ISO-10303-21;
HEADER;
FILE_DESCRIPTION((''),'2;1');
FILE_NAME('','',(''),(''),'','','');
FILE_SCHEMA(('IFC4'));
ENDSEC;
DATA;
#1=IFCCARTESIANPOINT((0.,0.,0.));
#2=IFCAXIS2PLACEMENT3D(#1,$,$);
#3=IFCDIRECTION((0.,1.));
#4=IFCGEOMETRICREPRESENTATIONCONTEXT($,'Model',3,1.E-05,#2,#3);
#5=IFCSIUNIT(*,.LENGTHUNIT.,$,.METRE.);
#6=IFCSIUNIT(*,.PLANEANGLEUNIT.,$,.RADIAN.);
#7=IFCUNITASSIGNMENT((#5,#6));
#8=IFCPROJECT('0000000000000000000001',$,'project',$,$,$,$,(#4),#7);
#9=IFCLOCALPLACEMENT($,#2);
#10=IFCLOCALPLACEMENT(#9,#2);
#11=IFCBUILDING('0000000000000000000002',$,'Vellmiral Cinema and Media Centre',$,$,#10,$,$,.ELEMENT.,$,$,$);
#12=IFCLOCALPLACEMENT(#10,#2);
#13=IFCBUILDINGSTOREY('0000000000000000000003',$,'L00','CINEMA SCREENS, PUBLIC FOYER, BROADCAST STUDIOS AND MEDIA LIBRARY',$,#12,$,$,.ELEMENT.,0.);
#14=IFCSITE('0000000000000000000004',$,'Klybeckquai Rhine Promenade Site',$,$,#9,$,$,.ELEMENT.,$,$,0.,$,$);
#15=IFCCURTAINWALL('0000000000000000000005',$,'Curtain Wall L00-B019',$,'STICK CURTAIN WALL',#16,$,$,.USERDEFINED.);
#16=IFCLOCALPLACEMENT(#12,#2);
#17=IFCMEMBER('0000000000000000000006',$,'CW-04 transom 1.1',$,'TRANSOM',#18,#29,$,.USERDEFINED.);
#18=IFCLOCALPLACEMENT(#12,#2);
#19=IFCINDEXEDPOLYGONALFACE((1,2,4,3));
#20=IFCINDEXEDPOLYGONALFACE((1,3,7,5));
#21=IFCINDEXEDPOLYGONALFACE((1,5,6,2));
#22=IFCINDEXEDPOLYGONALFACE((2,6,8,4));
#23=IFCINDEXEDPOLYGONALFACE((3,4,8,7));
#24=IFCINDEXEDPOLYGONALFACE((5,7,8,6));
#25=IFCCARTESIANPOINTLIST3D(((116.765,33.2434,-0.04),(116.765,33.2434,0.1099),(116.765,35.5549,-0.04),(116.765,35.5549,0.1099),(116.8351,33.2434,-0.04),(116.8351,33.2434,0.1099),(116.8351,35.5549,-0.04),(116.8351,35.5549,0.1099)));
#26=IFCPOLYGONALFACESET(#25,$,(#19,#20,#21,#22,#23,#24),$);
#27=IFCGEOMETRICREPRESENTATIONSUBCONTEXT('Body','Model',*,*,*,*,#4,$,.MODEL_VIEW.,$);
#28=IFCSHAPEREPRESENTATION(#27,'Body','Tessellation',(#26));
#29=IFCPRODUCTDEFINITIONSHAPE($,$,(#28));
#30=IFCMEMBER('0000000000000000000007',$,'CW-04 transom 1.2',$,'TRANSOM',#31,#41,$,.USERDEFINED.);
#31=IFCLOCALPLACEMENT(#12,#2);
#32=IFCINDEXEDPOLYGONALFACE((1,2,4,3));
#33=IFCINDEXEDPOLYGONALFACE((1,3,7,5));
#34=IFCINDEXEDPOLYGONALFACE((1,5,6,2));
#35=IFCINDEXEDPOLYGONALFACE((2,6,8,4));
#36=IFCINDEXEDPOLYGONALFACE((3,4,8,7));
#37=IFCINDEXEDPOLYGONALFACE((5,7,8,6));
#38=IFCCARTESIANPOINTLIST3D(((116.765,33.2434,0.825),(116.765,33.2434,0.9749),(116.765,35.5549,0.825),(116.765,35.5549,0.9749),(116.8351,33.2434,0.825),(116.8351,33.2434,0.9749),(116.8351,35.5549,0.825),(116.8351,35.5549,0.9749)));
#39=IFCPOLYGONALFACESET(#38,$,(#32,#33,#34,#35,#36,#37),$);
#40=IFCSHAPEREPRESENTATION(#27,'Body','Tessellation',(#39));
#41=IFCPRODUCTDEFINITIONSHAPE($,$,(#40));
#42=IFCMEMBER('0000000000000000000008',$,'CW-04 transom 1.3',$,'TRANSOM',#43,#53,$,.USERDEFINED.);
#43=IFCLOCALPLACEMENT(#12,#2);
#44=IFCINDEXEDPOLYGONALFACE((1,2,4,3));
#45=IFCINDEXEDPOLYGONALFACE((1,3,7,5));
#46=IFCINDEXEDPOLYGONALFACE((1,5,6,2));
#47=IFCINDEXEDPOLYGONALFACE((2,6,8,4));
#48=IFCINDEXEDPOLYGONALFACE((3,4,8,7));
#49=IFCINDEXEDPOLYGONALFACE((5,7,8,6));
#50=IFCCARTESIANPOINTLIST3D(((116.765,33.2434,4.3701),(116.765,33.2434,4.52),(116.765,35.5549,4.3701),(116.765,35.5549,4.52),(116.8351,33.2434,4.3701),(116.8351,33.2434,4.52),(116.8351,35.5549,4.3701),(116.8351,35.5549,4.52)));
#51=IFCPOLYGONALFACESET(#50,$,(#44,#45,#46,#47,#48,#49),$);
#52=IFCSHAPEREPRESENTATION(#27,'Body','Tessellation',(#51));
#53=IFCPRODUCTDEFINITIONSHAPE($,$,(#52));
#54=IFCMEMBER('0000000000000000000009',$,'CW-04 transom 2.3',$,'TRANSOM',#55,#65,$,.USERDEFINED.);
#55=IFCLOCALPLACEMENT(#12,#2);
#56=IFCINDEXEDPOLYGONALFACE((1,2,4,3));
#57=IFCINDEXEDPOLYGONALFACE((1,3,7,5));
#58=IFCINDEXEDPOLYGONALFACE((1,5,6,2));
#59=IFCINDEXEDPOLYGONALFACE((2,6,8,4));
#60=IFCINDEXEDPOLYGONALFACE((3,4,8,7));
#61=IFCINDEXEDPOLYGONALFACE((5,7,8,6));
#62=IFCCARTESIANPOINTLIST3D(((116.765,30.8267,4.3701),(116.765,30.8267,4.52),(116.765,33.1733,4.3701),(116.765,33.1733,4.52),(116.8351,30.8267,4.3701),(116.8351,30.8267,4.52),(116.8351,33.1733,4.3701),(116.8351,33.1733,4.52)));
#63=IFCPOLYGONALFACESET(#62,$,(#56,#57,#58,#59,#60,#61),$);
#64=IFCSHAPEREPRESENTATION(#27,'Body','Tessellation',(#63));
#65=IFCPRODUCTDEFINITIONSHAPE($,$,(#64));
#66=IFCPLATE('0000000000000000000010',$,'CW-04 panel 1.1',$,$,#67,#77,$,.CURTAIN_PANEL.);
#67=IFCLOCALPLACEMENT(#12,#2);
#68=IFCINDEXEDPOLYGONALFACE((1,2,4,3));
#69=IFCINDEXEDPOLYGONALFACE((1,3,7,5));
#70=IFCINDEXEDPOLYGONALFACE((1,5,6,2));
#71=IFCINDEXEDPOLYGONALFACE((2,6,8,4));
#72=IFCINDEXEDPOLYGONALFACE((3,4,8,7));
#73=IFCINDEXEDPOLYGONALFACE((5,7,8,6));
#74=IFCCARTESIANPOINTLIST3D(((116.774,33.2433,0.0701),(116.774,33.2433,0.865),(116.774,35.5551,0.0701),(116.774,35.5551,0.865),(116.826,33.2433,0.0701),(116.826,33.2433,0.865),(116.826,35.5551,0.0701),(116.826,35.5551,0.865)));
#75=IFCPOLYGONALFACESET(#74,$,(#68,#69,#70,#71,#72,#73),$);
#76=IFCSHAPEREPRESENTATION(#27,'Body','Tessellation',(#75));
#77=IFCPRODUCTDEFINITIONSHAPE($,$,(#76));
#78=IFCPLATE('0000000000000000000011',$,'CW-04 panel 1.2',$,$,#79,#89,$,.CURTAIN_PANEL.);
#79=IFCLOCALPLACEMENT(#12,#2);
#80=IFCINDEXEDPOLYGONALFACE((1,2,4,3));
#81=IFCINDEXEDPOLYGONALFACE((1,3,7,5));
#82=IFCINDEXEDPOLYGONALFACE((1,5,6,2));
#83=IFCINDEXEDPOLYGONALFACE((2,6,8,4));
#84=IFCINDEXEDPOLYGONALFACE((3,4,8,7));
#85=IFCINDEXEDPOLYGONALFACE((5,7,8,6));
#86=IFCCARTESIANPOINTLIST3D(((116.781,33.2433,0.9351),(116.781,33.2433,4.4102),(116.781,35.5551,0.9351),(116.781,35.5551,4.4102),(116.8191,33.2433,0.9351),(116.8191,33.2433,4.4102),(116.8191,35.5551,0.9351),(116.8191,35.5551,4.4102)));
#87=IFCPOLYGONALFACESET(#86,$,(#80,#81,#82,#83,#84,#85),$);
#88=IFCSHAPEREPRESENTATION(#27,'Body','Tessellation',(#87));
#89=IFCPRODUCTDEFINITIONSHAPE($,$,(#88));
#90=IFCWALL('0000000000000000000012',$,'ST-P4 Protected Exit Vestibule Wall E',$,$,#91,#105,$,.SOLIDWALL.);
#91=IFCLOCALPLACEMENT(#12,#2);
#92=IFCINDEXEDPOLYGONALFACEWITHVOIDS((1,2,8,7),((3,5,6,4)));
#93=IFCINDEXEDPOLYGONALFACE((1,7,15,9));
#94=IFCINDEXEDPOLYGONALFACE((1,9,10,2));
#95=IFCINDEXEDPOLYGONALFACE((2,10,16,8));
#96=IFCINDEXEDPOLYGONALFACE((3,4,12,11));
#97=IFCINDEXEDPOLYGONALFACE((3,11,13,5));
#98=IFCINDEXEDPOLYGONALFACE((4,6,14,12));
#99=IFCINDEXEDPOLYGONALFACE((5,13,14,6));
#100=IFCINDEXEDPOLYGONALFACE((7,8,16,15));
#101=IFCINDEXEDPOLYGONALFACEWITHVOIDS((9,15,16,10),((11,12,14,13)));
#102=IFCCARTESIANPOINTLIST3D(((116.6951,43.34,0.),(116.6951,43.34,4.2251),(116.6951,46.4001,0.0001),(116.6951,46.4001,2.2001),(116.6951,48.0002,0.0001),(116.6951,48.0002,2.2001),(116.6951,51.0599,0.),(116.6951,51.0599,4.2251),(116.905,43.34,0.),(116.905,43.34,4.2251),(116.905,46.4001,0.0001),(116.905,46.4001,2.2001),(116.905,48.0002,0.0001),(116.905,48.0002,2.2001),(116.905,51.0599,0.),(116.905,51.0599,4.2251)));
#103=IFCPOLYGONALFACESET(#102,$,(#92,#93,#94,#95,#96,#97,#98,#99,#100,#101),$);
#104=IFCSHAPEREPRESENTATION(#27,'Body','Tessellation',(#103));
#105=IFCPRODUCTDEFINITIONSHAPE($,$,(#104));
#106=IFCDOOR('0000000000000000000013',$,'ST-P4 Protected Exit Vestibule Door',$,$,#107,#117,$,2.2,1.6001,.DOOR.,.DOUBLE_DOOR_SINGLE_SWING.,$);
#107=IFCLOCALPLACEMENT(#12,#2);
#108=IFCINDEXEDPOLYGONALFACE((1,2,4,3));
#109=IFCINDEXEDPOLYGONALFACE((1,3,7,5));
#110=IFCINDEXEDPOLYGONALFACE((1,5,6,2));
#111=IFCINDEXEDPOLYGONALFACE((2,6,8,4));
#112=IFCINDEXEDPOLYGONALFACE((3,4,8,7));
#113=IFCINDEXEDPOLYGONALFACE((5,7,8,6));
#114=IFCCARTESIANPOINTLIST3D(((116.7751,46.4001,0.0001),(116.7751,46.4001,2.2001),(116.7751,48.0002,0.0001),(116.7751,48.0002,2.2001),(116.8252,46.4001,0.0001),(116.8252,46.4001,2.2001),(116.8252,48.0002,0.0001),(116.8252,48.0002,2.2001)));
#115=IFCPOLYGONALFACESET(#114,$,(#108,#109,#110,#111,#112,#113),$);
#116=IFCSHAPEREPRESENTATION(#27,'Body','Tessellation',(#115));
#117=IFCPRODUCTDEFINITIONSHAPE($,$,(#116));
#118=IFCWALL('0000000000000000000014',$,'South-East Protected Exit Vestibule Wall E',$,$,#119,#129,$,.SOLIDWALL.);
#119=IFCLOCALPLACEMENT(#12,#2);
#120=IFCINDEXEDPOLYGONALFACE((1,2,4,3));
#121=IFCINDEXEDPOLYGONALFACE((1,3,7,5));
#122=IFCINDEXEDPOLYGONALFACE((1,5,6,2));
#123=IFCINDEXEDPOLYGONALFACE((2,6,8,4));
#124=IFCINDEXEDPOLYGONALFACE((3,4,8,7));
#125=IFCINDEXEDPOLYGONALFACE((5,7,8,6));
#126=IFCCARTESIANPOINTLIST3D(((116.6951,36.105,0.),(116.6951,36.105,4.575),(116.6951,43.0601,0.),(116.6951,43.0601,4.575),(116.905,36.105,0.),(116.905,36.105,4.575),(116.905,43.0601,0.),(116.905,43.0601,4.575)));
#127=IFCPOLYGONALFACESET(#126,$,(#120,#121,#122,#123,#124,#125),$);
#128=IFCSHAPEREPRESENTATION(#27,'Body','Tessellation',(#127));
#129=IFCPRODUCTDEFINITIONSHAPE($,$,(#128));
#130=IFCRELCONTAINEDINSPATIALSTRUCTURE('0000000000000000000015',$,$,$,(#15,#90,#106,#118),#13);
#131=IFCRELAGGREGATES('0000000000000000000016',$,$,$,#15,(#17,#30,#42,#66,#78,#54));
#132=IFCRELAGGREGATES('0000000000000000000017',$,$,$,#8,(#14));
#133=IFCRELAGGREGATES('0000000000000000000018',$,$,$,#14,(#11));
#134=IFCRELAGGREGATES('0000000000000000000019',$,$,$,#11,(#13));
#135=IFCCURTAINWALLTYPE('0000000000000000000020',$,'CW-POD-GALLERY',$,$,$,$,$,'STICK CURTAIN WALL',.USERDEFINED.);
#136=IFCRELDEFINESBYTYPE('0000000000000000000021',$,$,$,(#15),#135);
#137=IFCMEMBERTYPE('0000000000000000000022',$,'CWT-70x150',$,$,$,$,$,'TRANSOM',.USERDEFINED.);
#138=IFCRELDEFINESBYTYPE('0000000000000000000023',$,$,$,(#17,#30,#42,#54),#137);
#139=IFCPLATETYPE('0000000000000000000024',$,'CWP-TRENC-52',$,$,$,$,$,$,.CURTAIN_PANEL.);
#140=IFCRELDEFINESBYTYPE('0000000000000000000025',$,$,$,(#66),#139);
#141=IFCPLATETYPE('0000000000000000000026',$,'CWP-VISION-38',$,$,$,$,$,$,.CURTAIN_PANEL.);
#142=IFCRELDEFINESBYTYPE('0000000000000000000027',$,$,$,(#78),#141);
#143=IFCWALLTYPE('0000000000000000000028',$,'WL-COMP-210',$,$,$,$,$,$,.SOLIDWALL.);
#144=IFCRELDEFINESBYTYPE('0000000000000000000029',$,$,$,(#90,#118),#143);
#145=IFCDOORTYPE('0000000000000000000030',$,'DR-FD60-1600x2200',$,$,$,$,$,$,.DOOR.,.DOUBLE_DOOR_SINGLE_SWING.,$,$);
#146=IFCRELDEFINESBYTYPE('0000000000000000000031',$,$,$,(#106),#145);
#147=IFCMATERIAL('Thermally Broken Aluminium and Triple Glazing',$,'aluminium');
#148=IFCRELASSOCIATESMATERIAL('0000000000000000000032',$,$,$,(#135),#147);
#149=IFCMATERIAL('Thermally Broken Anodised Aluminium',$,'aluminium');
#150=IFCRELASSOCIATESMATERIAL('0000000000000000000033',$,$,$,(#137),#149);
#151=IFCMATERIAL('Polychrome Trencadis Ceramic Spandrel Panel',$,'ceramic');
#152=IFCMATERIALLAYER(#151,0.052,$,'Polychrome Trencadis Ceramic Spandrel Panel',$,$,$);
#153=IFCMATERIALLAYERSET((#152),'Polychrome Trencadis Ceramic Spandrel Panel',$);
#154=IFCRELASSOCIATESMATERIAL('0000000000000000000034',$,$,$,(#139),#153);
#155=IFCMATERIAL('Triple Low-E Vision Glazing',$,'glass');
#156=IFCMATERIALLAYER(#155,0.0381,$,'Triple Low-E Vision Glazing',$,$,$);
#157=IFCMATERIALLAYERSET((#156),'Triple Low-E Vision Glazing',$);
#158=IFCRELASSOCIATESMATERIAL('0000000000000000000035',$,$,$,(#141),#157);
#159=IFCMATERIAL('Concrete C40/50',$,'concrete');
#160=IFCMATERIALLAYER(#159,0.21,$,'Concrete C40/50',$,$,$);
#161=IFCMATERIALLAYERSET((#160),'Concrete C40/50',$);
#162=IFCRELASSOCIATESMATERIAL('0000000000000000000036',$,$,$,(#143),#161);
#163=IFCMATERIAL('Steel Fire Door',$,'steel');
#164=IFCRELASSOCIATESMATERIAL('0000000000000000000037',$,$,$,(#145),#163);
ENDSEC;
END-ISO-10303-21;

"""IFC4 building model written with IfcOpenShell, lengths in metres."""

from ifc_helpers import new_model, si_unit, direction, frame, frame_2d, origin, origin_2d, place, context, subcontext, project, spatial, rectangle, extrude, material, layer, layer_set, material_profile, profile_set, type_object, element, fill, aggregate, save


model = new_model("IFC4")

# Units and contexts
model_context = context("Model", 3, precision=1e-05, world=origin(), true_north=direction((0.0, 1.0)))
body_context = subcontext(model_context, "Body", "Model", "MODEL_VIEW")
ifc_project = project(units=[si_unit("LENGTHUNIT", "METRE"), si_unit("PLANEANGLEUNIT", "RADIAN")], contexts=[model_context])

# Site, building, storey
site_placement = place(None, origin())
site = spatial("IfcSite", under=ifc_project, at=site_placement, Name="Klybeckquai Rhine Promenade Site", CompositionType="ELEMENT", RefElevation=0.0)
building_placement = place(site_placement, origin())
building = spatial("IfcBuilding", under=site, at=building_placement, Name="Vellmiral Cinema and Media Centre", CompositionType="ELEMENT")
storey_placement = place(building_placement, origin())
storey = spatial("IfcBuildingStorey", under=building, at=storey_placement, Name="L00", Description="CINEMA SCREENS, PUBLIC FOYER, BROADCAST STUDIOS AND MEDIA LIBRARY", CompositionType="ELEMENT", Elevation=0.0)

# Curtain wall, members, plates
ifc_material_1 = material(Name="Thermally Broken Aluminium and Triple Glazing", Category="aluminium")
curtain_wall_type = type_object("IfcCurtainWallType", Name="CW-POD-GALLERY", ElementType="STICK CURTAIN WALL", PredefinedType="USERDEFINED", material=ifc_material_1)
curtain_wall_placement = place(storey_placement, origin())
curtain_wall = element("IfcCurtainWall", 1, at=curtain_wall_placement, inside=storey, type_object=curtain_wall_type, Name="Curtain Wall L00-B019", ObjectType="STICK CURTAIN WALL", PredefinedType="USERDEFINED")
ifc_material_2 = material(Name="Thermally Broken Anodised Aluminium", Category="aluminium")
ifc_material_profile_1 = material_profile(ifc_material_2, rectangle(XDim=0.0701, YDim=0.1499, at=origin_2d()), Name="MULL 70x150")
ifc_profile_set_1 = profile_set([ifc_material_profile_1], Name="Thermally Broken Anodised Aluminium")
member_type_1 = type_object("IfcMemberType", Name="CWT-70x150", ElementType="TRANSOM", PredefinedType="USERDEFINED", material=ifc_profile_set_1)
member_1_placement = place(storey_placement, frame((116.8, 35.5549, 0.0349), z_axis=(0.0, -1.0, 0.0), x_axis=(1.0, 0.0, 0.0)))
member_1 = element("IfcMember", 2, at=member_1_placement, type_object=member_type_1, Name="CW-04 transom 1.1", ObjectType="TRANSOM", PredefinedType="USERDEFINED", context=body_context, shape_type="SweptSolid", body=[
    extrude(rectangle(XDim=0.0701, YDim=0.1499, at=origin_2d()), origin(), (0.0, 0.0, 1.0), 2.3115),
])
member_2_placement = place(storey_placement, frame((116.8, 35.5549, 0.8999), z_axis=(0.0, -1.0, 0.0), x_axis=(1.0, 0.0, 0.0)))
member_2 = element("IfcMember", 3, at=member_2_placement, type_object=member_type_1, Name="CW-04 transom 1.2", ObjectType="TRANSOM", PredefinedType="USERDEFINED", context=body_context, shape_type="SweptSolid", body=[
    extrude(rectangle(XDim=0.0701, YDim=0.1499, at=origin_2d()), origin(), (0.0, 0.0, 1.0), 2.3115),
])
member_3_placement = place(storey_placement, frame((116.8, 35.5549, 4.4451), z_axis=(0.0, -1.0, 0.0), x_axis=(1.0, 0.0, 0.0)))
member_3 = element("IfcMember", 4, at=member_3_placement, type_object=member_type_1, Name="CW-04 transom 1.3", ObjectType="TRANSOM", PredefinedType="USERDEFINED", context=body_context, shape_type="SweptSolid", body=[
    extrude(rectangle(XDim=0.0701, YDim=0.1499, at=origin_2d()), origin(), (0.0, 0.0, 1.0), 2.3115),
])
member_4_placement = place(storey_placement, frame((116.8, 33.1733, 4.4451), z_axis=(0.0, -1.0, 0.0), x_axis=(1.0, 0.0, 0.0)))
member_4 = element("IfcMember", 5, at=member_4_placement, type_object=member_type_1, Name="CW-04 transom 2.3", ObjectType="TRANSOM", PredefinedType="USERDEFINED", context=body_context, shape_type="SweptSolid", body=[
    extrude(rectangle(XDim=0.0701, YDim=0.1499, at=origin_2d()), origin(), (0.0, 0.0, 1.0), 2.3467),
])
ifc_material_3 = material(Name="Polychrome Trencadis Ceramic Spandrel Panel", Category="ceramic")
ifc_layer_1 = layer(ifc_material_3, 0.052, Name="Polychrome Trencadis Ceramic Spandrel Panel")
ifc_layer_set_1 = layer_set([ifc_layer_1], Name="Polychrome Trencadis Ceramic Spandrel Panel")
plate_type_1 = type_object("IfcPlateType", Name="CWP-TRENC-52", PredefinedType="CURTAIN_PANEL", material=ifc_layer_set_1)
plate_1_placement = place(storey_placement, frame((116.8, 34.3992, 0.0701), z_axis=(0.0, 0.0, 1.0), x_axis=(0.0, -1.0, 0.0)))
plate_1 = element("IfcPlate", 6, at=plate_1_placement, type_object=plate_type_1, Name="CW-04 panel 1.1", PredefinedType="CURTAIN_PANEL", context=body_context, shape_type="SweptSolid", body=[
    extrude(rectangle(XDim=2.3118, YDim=0.052, at=origin_2d()), origin(), (0.0, 0.0, 1.0), 0.7949),
])
ifc_material_4 = material(Name="Triple Low-E Vision Glazing", Category="glass")
ifc_layer_2 = layer(ifc_material_4, 0.0381, Name="Triple Low-E Vision Glazing")
ifc_layer_set_2 = layer_set([ifc_layer_2], Name="Triple Low-E Vision Glazing")
plate_type_2 = type_object("IfcPlateType", Name="CWP-VISION-38", PredefinedType="CURTAIN_PANEL", material=ifc_layer_set_2)
plate_2_placement = place(storey_placement, frame((116.8, 34.3992, 0.9351), z_axis=(0.0, 0.0, 1.0), x_axis=(0.0, -1.0, 0.0)))
plate_2 = element("IfcPlate", 7, at=plate_2_placement, type_object=plate_type_2, Name="CW-04 panel 1.2", PredefinedType="CURTAIN_PANEL", context=body_context, shape_type="SweptSolid", body=[
    extrude(rectangle(XDim=2.3118, YDim=0.0381, at=origin_2d()), origin(), (0.0, 0.0, 1.0), 3.4751),
])
aggregate(curtain_wall, [member_1, member_2, member_3, plate_1, plate_2, member_4])

# Wall, opening, door
ifc_material_5 = material(Name="Concrete C40/50", Category="concrete")
ifc_layer_3 = layer(ifc_material_5, 0.21, Name="Concrete C40/50")
ifc_layer_set_3 = layer_set([ifc_layer_3], Name="Concrete C40/50")
wall_type = type_object("IfcWallType", Name="WL-COMP-210", PredefinedType="SOLIDWALL", material=ifc_layer_set_3)
wall_1_placement = place(storey_placement, frame((116.8, 43.3401, 0.0), z_axis=(0.0, 0.0, 1.0), x_axis=(0.0, 1.0, 0.0)))
wall_1 = element("IfcWall", 8, at=wall_1_placement, inside=storey, type_object=wall_type, Name="ST-P4 Protected Exit Vestibule Wall E", PredefinedType="SOLIDWALL", context=body_context, shape_type="SweptSolid", body=[
    extrude(rectangle(XDim=7.72, YDim=0.21, at=frame_2d((3.8599, 0.0))), origin(), (0.0, 0.0, 1.0), 4.2251),
])
opening_placement = place(wall_1_placement, frame((3.0601, 0.0, 0.0)))
opening = element("IfcOpeningElement", 9, at=opening_placement, cuts=wall_1, PredefinedType="OPENING", context=body_context, shape_type="SweptSolid", body=[
    extrude(rectangle(XDim=1.6001, YDim=2.2, at=frame_2d((0.8, 1.1001))), frame((0.0, 0.1169, 0.0), z_axis=(0.0, -1.0, 0.0), x_axis=(1.0, 0.0, 0.0)), (0.0, 0.0, 1.0), 0.2339),
])
ifc_material_6 = material(Name="Steel Fire Door", Category="steel")
door_type = type_object("IfcDoorType", Name="DR-FD60-1600x2200", OperationType="DOUBLE_DOOR_SINGLE_SWING", PredefinedType="DOOR", material=ifc_material_6)
door_placement = place(opening_placement, origin())
door = element("IfcDoor", 10, at=door_placement, inside=storey, type_object=door_type, Name="ST-P4 Protected Exit Vestibule Door", OperationType="DOUBLE_DOOR_SINGLE_SWING", OverallHeight=2.2, OverallWidth=1.6001, PredefinedType="DOOR", context=body_context, shape_type="SweptSolid", body=[
    extrude(rectangle(XDim=1.6001, YDim=2.2, at=frame_2d((0.8, 1.1001))), frame((0.0, 0.0249, 0.0), z_axis=(0.0, -1.0, 0.0), x_axis=(1.0, 0.0, 0.0)), (0.0, 0.0, 1.0), 0.05),
])
fill(opening, door)

# Wall
wall_2_placement = place(storey_placement, frame((116.8, 36.105, 0.0), z_axis=(0.0, 0.0, 1.0), x_axis=(0.0, 1.0, 0.0)))
element("IfcWall", 11, at=wall_2_placement, inside=storey, type_object=wall_type, Name="South-East Protected Exit Vestibule Wall E", PredefinedType="SOLIDWALL", context=body_context, shape_type="SweptSolid", body=[
    extrude(rectangle(XDim=6.9551, YDim=0.21, at=frame_2d((3.4775, 0.0))), origin(), (0.0, 0.0, 1.0), 4.575),
])

save(model, "model.ifc")
